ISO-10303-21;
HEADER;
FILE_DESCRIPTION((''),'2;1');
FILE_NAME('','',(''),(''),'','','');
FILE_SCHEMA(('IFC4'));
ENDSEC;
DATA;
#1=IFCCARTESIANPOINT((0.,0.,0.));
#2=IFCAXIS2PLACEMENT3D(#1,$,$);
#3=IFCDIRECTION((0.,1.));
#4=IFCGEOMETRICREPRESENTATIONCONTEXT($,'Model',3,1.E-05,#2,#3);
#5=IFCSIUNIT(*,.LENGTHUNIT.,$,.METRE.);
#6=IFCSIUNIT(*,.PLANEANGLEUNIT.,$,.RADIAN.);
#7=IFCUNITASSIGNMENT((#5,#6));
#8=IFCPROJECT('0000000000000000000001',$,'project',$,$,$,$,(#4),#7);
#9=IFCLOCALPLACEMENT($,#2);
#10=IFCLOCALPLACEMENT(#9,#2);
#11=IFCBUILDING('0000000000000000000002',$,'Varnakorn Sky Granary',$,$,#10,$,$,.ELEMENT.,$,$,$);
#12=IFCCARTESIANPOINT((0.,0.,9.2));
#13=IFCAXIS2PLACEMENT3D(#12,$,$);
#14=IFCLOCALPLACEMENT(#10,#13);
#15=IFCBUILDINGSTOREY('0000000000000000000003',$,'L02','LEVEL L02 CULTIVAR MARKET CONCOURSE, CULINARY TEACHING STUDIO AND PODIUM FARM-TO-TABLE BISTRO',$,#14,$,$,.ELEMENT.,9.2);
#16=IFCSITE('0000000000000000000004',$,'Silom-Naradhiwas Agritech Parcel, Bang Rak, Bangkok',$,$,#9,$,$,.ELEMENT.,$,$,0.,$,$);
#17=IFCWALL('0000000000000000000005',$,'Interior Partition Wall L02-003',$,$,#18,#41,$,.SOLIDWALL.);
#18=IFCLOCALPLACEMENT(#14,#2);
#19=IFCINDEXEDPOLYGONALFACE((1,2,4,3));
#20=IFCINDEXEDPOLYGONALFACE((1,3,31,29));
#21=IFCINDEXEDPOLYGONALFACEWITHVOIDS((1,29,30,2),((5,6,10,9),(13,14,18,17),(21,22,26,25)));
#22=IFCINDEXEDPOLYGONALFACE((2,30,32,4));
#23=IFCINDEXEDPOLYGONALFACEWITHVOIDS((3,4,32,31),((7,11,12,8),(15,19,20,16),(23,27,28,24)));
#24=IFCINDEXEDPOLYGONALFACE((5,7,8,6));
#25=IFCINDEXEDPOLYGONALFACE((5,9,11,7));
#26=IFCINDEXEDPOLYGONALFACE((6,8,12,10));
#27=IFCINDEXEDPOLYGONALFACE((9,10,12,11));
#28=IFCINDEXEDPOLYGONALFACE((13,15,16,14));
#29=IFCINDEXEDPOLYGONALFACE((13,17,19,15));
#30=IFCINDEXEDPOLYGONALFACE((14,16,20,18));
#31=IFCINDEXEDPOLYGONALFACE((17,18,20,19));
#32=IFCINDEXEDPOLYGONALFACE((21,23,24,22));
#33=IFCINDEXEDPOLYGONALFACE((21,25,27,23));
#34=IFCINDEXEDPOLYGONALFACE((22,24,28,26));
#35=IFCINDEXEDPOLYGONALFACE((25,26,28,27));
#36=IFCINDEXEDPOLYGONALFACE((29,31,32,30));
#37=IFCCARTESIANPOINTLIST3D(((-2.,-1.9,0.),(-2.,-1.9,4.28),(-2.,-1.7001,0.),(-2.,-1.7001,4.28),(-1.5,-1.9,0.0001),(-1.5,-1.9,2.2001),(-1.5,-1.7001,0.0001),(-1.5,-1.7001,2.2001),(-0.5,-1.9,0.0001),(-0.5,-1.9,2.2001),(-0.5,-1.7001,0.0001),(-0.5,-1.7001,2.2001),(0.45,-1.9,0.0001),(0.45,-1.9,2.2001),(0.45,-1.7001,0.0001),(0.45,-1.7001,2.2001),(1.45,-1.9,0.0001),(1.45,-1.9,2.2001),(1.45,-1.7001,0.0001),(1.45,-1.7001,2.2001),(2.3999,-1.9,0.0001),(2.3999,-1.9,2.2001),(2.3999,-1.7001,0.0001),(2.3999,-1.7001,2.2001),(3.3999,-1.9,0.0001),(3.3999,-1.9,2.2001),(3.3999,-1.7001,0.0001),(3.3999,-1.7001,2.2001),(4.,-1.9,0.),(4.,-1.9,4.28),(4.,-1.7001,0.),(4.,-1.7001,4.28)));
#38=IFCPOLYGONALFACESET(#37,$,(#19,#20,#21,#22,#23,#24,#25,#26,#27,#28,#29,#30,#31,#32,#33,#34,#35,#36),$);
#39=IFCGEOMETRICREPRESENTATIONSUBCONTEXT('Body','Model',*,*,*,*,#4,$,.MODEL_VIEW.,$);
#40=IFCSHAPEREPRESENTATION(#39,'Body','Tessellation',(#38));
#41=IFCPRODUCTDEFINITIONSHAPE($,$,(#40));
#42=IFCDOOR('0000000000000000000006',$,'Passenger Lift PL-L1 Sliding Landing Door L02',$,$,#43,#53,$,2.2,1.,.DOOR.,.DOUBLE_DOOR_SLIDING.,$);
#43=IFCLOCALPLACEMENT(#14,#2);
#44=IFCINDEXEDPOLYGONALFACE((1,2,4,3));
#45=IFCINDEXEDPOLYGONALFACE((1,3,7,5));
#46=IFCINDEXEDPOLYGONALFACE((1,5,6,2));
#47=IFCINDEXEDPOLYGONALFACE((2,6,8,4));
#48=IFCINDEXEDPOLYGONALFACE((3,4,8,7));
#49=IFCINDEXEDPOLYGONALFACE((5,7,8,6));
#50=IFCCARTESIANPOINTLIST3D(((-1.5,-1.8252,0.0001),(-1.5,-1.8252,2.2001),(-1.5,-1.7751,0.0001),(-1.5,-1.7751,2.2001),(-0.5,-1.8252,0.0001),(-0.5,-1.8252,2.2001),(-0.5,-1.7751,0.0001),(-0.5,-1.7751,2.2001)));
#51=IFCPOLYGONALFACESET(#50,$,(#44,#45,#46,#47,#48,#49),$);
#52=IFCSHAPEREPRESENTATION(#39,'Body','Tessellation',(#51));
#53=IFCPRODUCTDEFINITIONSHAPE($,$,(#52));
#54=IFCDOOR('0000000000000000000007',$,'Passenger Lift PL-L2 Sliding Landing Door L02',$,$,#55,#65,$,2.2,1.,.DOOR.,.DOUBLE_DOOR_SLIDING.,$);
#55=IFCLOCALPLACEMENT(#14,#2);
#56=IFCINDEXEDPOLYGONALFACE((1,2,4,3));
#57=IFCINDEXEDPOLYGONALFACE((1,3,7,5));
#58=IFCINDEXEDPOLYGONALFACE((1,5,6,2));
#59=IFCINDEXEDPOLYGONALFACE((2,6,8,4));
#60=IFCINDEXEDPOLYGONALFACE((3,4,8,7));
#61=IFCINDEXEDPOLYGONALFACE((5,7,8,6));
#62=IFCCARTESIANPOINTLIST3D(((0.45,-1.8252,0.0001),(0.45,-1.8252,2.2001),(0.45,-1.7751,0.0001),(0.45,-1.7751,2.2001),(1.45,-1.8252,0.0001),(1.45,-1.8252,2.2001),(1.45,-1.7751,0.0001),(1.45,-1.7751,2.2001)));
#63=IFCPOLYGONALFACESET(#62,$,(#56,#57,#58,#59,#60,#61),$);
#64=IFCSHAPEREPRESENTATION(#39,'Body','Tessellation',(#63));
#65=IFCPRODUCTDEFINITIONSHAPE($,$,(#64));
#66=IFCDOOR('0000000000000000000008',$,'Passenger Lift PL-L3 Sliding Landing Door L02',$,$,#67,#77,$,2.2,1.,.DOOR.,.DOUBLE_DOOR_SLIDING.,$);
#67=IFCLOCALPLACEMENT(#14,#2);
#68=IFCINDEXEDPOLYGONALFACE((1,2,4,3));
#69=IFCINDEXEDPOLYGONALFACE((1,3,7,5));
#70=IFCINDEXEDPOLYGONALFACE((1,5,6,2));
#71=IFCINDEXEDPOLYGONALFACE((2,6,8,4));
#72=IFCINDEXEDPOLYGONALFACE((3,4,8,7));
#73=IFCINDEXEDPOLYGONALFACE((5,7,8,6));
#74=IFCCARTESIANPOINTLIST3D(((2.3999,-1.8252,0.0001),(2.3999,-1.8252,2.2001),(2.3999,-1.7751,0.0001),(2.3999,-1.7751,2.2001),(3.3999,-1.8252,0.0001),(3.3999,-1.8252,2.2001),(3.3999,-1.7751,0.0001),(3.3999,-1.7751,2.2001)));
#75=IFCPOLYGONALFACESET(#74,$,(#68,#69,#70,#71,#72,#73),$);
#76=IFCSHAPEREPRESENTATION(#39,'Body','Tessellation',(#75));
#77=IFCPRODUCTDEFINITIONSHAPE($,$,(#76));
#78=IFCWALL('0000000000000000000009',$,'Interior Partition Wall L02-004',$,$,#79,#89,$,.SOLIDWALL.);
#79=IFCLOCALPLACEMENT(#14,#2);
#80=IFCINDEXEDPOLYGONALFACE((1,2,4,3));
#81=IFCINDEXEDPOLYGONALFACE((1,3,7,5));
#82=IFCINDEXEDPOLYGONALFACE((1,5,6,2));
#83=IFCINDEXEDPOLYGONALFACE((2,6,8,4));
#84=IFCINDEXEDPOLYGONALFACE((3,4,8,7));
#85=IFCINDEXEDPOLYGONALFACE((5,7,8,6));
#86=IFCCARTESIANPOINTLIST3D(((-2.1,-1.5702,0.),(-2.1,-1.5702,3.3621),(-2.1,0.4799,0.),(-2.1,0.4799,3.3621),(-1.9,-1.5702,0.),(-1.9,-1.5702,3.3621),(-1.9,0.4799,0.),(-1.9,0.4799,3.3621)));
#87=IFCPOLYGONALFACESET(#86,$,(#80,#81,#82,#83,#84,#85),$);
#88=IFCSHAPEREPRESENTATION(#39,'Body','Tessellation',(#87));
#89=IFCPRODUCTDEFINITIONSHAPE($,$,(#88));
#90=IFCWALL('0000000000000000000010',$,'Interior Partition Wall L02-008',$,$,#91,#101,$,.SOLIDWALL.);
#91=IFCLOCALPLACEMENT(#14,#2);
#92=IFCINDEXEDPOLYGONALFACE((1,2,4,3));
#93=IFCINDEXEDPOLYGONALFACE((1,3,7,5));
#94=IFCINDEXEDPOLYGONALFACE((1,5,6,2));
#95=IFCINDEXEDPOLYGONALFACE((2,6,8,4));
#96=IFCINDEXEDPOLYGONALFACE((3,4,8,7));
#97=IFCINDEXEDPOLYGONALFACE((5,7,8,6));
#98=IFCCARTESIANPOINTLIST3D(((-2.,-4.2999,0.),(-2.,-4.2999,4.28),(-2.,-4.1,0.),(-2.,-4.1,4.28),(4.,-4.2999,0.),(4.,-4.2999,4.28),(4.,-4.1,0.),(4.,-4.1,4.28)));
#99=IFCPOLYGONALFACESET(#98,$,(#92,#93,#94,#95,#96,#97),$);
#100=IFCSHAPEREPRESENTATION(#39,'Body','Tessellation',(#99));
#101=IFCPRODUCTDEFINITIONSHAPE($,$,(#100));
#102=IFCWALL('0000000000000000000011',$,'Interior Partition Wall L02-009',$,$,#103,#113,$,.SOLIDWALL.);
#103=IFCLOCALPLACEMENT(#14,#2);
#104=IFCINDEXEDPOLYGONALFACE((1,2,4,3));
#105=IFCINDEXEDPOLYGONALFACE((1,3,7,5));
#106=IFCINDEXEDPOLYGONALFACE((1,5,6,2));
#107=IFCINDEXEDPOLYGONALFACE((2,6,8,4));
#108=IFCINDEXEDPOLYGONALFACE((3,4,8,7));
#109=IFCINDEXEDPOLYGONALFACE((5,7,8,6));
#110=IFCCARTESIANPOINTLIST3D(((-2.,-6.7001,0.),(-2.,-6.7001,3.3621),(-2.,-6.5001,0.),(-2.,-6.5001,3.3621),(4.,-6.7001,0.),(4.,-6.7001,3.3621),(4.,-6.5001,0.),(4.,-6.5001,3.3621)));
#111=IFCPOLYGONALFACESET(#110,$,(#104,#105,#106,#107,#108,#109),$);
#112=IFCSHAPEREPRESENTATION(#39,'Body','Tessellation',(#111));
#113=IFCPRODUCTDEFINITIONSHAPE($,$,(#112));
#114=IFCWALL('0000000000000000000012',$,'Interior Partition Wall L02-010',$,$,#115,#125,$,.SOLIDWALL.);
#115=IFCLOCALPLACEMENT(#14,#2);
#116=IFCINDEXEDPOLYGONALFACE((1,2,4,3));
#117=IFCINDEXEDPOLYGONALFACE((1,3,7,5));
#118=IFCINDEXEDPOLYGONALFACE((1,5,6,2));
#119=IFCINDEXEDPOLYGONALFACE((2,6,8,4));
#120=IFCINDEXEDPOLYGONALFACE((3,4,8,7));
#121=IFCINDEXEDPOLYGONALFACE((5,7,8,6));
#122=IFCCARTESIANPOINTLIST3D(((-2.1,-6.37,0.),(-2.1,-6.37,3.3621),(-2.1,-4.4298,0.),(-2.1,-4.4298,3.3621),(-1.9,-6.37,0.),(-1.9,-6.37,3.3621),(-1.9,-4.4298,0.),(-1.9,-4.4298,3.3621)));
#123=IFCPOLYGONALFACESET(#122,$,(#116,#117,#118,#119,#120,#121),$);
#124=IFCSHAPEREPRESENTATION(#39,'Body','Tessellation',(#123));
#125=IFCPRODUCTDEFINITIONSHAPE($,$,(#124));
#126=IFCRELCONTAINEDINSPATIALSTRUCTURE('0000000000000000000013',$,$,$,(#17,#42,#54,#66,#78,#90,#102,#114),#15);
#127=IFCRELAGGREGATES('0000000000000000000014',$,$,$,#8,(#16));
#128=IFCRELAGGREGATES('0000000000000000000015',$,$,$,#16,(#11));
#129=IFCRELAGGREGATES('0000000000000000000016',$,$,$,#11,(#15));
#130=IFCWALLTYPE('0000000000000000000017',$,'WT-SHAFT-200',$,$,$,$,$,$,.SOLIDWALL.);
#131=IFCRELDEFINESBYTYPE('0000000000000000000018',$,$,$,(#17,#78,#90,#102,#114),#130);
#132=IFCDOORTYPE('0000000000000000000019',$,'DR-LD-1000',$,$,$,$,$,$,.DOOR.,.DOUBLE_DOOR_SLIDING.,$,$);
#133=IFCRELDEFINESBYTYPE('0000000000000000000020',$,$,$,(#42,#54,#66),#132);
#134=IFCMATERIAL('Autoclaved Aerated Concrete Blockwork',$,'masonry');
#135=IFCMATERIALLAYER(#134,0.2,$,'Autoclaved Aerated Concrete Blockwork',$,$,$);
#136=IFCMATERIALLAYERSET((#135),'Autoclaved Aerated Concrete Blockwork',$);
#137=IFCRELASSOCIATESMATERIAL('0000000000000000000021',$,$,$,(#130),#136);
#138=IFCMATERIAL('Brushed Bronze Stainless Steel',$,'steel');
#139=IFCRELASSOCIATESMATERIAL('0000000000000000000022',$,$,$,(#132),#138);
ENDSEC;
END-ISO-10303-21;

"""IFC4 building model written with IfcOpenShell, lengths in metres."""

from ifc_helpers import new_model, si_unit, direction, frame, frame_2d, origin, place, context, subcontext, project, spatial, rectangle, extrude, material, layer, layer_set, type_object, element, fill, save


model = new_model("IFC4")

# Units and contexts
model_context = context("Model", 3, precision=1e-05, world=origin(), true_north=direction((0.0, 1.0)))
body_context = subcontext(model_context, "Body", "Model", "MODEL_VIEW")
ifc_project = project(units=[si_unit("LENGTHUNIT", "METRE"), si_unit("PLANEANGLEUNIT", "RADIAN")], contexts=[model_context])

# Site, building, storey
site_placement = place(None, origin())
site = spatial("IfcSite", under=ifc_project, at=site_placement, Name="Silom-Naradhiwas Agritech Parcel, Bang Rak, Bangkok", CompositionType="ELEMENT", RefElevation=0.0)
building_placement = place(site_placement, origin())
building = spatial("IfcBuilding", under=site, at=building_placement, Name="Varnakorn Sky Granary", CompositionType="ELEMENT")
storey_placement = place(building_placement, frame((0.0, 0.0, 9.2)))
storey = spatial("IfcBuildingStorey", under=building, at=storey_placement, Name="L02", Description="LEVEL L02 CULTIVAR MARKET CONCOURSE, CULINARY TEACHING STUDIO AND PODIUM FARM-TO-TABLE BISTRO", CompositionType="ELEMENT", Elevation=9.2)

# Shared definitions
ifc_material_1 = material(Name="Autoclaved Aerated Concrete Blockwork", Category="masonry")

# Wall, openings, doors
ifc_layer_1 = layer(ifc_material_1, 0.2, Name="Autoclaved Aerated Concrete Blockwork")
ifc_layer_set_1 = layer_set([ifc_layer_1], Name="Autoclaved Aerated Concrete Blockwork")
wall_type_1 = type_object("IfcWallType", Name="WT-SHAFT-200", PredefinedType="SOLIDWALL", material=ifc_layer_set_1)
wall_1_placement = place(storey_placement, frame((-2.0, -1.8, 0.0), z_axis=(0.0, 0.0, 1.0), x_axis=(1.0, 0.0, 0.0)))
wall_1 = element("IfcWall", 1, at=wall_1_placement, inside=storey, type_object=wall_type_1, Name="Interior Partition Wall L02-003", PredefinedType="SOLIDWALL", context=body_context, shape_type="SweptSolid", body=[
    extrude(rectangle(XDim=6.0, YDim=0.2, at=frame_2d((3.0, 0.0))), origin(), (0.0, 0.0, 1.0), 4.28),
])
opening_1_placement = place(wall_1_placement, frame((0.5, 0.0, 0.0)))
opening_1 = element("IfcOpeningElement", 2, at=opening_1_placement, cuts=wall_1, PredefinedType="OPENING", context=body_context, shape_type="SweptSolid", body=[
    extrude(rectangle(XDim=1.0, YDim=2.2, at=frame_2d((0.5, 1.1001))), frame((0.0, 0.1099, 0.0), z_axis=(0.0, -1.0, 0.0), x_axis=(1.0, 0.0, 0.0)), (0.0, 0.0, 1.0), 0.22),
])
opening_2_placement = place(wall_1_placement, frame((2.45, 0.0, 0.0)))
opening_2 = element("IfcOpeningElement", 3, at=opening_2_placement, cuts=wall_1, PredefinedType="OPENING", context=body_context, shape_type="SweptSolid", body=[
    extrude(rectangle(XDim=1.0, YDim=2.2, at=frame_2d((0.5, 1.1001))), frame((0.0, 0.1099, 0.0), z_axis=(0.0, -1.0, 0.0), x_axis=(1.0, 0.0, 0.0)), (0.0, 0.0, 1.0), 0.22),
])
opening_3_placement = place(wall_1_placement, frame((4.3999, 0.0, 0.0)))
opening_3 = element("IfcOpeningElement", 4, at=opening_3_placement, cuts=wall_1, PredefinedType="OPENING", context=body_context, shape_type="SweptSolid", body=[
    extrude(rectangle(XDim=1.0, YDim=2.2, at=frame_2d((0.5, 1.1001))), frame((0.0, 0.1099, 0.0), z_axis=(0.0, -1.0, 0.0), x_axis=(1.0, 0.0, 0.0)), (0.0, 0.0, 1.0), 0.22),
])
ifc_material_2 = material(Name="Brushed Bronze Stainless Steel", Category="steel")
door_type_1 = type_object("IfcDoorType", Name="DR-LD-1000", OperationType="DOUBLE_DOOR_SLIDING", PredefinedType="DOOR", material=ifc_material_2)
door_1_placement = place(opening_1_placement, origin())
door_1 = element("IfcDoor", 5, at=door_1_placement, inside=storey, type_object=door_type_1, Name="Passenger Lift PL-L1 Sliding Landing Door L02", OperationType="DOUBLE_DOOR_SLIDING", OverallHeight=2.2, OverallWidth=1.0, PredefinedType="DOOR", context=body_context, shape_type="SweptSolid", body=[
    extrude(rectangle(XDim=1.0, YDim=2.2, at=frame_2d((0.5, 1.1001))), frame((0.0, 0.0249, 0.0), z_axis=(0.0, -1.0, 0.0), x_axis=(1.0, 0.0, 0.0)), (0.0, 0.0, 1.0), 0.05),
])
fill(opening_1, door_1)
door_2_placement = place(opening_2_placement, origin())
door_2 = element("IfcDoor", 6, at=door_2_placement, inside=storey, type_object=door_type_1, Name="Passenger Lift PL-L2 Sliding Landing Door L02", OperationType="DOUBLE_DOOR_SLIDING", OverallHeight=2.2, OverallWidth=1.0, PredefinedType="DOOR", context=body_context, shape_type="SweptSolid", body=[
    extrude(rectangle(XDim=1.0, YDim=2.2, at=frame_2d((0.5, 1.1001))), frame((0.0, 0.0249, 0.0), z_axis=(0.0, -1.0, 0.0), x_axis=(1.0, 0.0, 0.0)), (0.0, 0.0, 1.0), 0.05),
])
fill(opening_2, door_2)
door_3_placement = place(opening_3_placement, origin())
door_3 = element("IfcDoor", 7, at=door_3_placement, inside=storey, type_object=door_type_1, Name="Passenger Lift PL-L3 Sliding Landing Door L02", OperationType="DOUBLE_DOOR_SLIDING", OverallHeight=2.2, OverallWidth=1.0, PredefinedType="DOOR", context=body_context, shape_type="SweptSolid", body=[
    extrude(rectangle(XDim=1.0, YDim=2.2, at=frame_2d((0.5, 1.1001))), frame((0.0, 0.0249, 0.0), z_axis=(0.0, -1.0, 0.0), x_axis=(1.0, 0.0, 0.0)), (0.0, 0.0, 1.0), 0.05),
])
fill(opening_3, door_3)

# Walls
wall_2_placement = place(storey_placement, frame((-2.0, -1.5701, 0.0), z_axis=(0.0, 0.0, 1.0), x_axis=(0.0, 1.0, 0.0)))
element("IfcWall", 8, at=wall_2_placement, inside=storey, type_object=wall_type_1, Name="Interior Partition Wall L02-004", PredefinedType="SOLIDWALL", context=body_context, shape_type="SweptSolid", body=[
    extrude(rectangle(XDim=2.05, YDim=0.2, at=frame_2d((1.0249, 0.0))), origin(), (0.0, 0.0, 1.0), 3.3621),
])
wall_3_placement = place(storey_placement, frame((-2.0, -4.2, 0.0), z_axis=(0.0, 0.0, 1.0), x_axis=(1.0, 0.0, 0.0)))
element("IfcWall", 9, at=wall_3_placement, inside=storey, type_object=wall_type_1, Name="Interior Partition Wall L02-008", PredefinedType="SOLIDWALL", context=body_context, shape_type="SweptSolid", body=[
    extrude(rectangle(XDim=6.0, YDim=0.2, at=frame_2d((3.0, 0.0))), origin(), (0.0, 0.0, 1.0), 4.28),
])
wall_4_placement = place(storey_placement, frame((-2.0, -6.6001, 0.0), z_axis=(0.0, 0.0, 1.0), x_axis=(1.0, 0.0, 0.0)))
element("IfcWall", 10, at=wall_4_placement, inside=storey, type_object=wall_type_1, Name="Interior Partition Wall L02-009", PredefinedType="SOLIDWALL", context=body_context, shape_type="SweptSolid", body=[
    extrude(rectangle(XDim=6.0, YDim=0.2, at=frame_2d((3.0, 0.0))), origin(), (0.0, 0.0, 1.0), 3.3621),
])
wall_5_placement = place(storey_placement, frame((-2.0, -6.3701, 0.0), z_axis=(0.0, 0.0, 1.0), x_axis=(0.0, 1.0, 0.0)))
element("IfcWall", 11, at=wall_5_placement, inside=storey, type_object=wall_type_1, Name="Interior Partition Wall L02-010", PredefinedType="SOLIDWALL", context=body_context, shape_type="SweptSolid", body=[
    extrude(rectangle(XDim=1.9402, YDim=0.2, at=frame_2d((0.9702, 0.0))), origin(), (0.0, 0.0, 1.0), 3.3621),
])

save(model, "model.ifc")
